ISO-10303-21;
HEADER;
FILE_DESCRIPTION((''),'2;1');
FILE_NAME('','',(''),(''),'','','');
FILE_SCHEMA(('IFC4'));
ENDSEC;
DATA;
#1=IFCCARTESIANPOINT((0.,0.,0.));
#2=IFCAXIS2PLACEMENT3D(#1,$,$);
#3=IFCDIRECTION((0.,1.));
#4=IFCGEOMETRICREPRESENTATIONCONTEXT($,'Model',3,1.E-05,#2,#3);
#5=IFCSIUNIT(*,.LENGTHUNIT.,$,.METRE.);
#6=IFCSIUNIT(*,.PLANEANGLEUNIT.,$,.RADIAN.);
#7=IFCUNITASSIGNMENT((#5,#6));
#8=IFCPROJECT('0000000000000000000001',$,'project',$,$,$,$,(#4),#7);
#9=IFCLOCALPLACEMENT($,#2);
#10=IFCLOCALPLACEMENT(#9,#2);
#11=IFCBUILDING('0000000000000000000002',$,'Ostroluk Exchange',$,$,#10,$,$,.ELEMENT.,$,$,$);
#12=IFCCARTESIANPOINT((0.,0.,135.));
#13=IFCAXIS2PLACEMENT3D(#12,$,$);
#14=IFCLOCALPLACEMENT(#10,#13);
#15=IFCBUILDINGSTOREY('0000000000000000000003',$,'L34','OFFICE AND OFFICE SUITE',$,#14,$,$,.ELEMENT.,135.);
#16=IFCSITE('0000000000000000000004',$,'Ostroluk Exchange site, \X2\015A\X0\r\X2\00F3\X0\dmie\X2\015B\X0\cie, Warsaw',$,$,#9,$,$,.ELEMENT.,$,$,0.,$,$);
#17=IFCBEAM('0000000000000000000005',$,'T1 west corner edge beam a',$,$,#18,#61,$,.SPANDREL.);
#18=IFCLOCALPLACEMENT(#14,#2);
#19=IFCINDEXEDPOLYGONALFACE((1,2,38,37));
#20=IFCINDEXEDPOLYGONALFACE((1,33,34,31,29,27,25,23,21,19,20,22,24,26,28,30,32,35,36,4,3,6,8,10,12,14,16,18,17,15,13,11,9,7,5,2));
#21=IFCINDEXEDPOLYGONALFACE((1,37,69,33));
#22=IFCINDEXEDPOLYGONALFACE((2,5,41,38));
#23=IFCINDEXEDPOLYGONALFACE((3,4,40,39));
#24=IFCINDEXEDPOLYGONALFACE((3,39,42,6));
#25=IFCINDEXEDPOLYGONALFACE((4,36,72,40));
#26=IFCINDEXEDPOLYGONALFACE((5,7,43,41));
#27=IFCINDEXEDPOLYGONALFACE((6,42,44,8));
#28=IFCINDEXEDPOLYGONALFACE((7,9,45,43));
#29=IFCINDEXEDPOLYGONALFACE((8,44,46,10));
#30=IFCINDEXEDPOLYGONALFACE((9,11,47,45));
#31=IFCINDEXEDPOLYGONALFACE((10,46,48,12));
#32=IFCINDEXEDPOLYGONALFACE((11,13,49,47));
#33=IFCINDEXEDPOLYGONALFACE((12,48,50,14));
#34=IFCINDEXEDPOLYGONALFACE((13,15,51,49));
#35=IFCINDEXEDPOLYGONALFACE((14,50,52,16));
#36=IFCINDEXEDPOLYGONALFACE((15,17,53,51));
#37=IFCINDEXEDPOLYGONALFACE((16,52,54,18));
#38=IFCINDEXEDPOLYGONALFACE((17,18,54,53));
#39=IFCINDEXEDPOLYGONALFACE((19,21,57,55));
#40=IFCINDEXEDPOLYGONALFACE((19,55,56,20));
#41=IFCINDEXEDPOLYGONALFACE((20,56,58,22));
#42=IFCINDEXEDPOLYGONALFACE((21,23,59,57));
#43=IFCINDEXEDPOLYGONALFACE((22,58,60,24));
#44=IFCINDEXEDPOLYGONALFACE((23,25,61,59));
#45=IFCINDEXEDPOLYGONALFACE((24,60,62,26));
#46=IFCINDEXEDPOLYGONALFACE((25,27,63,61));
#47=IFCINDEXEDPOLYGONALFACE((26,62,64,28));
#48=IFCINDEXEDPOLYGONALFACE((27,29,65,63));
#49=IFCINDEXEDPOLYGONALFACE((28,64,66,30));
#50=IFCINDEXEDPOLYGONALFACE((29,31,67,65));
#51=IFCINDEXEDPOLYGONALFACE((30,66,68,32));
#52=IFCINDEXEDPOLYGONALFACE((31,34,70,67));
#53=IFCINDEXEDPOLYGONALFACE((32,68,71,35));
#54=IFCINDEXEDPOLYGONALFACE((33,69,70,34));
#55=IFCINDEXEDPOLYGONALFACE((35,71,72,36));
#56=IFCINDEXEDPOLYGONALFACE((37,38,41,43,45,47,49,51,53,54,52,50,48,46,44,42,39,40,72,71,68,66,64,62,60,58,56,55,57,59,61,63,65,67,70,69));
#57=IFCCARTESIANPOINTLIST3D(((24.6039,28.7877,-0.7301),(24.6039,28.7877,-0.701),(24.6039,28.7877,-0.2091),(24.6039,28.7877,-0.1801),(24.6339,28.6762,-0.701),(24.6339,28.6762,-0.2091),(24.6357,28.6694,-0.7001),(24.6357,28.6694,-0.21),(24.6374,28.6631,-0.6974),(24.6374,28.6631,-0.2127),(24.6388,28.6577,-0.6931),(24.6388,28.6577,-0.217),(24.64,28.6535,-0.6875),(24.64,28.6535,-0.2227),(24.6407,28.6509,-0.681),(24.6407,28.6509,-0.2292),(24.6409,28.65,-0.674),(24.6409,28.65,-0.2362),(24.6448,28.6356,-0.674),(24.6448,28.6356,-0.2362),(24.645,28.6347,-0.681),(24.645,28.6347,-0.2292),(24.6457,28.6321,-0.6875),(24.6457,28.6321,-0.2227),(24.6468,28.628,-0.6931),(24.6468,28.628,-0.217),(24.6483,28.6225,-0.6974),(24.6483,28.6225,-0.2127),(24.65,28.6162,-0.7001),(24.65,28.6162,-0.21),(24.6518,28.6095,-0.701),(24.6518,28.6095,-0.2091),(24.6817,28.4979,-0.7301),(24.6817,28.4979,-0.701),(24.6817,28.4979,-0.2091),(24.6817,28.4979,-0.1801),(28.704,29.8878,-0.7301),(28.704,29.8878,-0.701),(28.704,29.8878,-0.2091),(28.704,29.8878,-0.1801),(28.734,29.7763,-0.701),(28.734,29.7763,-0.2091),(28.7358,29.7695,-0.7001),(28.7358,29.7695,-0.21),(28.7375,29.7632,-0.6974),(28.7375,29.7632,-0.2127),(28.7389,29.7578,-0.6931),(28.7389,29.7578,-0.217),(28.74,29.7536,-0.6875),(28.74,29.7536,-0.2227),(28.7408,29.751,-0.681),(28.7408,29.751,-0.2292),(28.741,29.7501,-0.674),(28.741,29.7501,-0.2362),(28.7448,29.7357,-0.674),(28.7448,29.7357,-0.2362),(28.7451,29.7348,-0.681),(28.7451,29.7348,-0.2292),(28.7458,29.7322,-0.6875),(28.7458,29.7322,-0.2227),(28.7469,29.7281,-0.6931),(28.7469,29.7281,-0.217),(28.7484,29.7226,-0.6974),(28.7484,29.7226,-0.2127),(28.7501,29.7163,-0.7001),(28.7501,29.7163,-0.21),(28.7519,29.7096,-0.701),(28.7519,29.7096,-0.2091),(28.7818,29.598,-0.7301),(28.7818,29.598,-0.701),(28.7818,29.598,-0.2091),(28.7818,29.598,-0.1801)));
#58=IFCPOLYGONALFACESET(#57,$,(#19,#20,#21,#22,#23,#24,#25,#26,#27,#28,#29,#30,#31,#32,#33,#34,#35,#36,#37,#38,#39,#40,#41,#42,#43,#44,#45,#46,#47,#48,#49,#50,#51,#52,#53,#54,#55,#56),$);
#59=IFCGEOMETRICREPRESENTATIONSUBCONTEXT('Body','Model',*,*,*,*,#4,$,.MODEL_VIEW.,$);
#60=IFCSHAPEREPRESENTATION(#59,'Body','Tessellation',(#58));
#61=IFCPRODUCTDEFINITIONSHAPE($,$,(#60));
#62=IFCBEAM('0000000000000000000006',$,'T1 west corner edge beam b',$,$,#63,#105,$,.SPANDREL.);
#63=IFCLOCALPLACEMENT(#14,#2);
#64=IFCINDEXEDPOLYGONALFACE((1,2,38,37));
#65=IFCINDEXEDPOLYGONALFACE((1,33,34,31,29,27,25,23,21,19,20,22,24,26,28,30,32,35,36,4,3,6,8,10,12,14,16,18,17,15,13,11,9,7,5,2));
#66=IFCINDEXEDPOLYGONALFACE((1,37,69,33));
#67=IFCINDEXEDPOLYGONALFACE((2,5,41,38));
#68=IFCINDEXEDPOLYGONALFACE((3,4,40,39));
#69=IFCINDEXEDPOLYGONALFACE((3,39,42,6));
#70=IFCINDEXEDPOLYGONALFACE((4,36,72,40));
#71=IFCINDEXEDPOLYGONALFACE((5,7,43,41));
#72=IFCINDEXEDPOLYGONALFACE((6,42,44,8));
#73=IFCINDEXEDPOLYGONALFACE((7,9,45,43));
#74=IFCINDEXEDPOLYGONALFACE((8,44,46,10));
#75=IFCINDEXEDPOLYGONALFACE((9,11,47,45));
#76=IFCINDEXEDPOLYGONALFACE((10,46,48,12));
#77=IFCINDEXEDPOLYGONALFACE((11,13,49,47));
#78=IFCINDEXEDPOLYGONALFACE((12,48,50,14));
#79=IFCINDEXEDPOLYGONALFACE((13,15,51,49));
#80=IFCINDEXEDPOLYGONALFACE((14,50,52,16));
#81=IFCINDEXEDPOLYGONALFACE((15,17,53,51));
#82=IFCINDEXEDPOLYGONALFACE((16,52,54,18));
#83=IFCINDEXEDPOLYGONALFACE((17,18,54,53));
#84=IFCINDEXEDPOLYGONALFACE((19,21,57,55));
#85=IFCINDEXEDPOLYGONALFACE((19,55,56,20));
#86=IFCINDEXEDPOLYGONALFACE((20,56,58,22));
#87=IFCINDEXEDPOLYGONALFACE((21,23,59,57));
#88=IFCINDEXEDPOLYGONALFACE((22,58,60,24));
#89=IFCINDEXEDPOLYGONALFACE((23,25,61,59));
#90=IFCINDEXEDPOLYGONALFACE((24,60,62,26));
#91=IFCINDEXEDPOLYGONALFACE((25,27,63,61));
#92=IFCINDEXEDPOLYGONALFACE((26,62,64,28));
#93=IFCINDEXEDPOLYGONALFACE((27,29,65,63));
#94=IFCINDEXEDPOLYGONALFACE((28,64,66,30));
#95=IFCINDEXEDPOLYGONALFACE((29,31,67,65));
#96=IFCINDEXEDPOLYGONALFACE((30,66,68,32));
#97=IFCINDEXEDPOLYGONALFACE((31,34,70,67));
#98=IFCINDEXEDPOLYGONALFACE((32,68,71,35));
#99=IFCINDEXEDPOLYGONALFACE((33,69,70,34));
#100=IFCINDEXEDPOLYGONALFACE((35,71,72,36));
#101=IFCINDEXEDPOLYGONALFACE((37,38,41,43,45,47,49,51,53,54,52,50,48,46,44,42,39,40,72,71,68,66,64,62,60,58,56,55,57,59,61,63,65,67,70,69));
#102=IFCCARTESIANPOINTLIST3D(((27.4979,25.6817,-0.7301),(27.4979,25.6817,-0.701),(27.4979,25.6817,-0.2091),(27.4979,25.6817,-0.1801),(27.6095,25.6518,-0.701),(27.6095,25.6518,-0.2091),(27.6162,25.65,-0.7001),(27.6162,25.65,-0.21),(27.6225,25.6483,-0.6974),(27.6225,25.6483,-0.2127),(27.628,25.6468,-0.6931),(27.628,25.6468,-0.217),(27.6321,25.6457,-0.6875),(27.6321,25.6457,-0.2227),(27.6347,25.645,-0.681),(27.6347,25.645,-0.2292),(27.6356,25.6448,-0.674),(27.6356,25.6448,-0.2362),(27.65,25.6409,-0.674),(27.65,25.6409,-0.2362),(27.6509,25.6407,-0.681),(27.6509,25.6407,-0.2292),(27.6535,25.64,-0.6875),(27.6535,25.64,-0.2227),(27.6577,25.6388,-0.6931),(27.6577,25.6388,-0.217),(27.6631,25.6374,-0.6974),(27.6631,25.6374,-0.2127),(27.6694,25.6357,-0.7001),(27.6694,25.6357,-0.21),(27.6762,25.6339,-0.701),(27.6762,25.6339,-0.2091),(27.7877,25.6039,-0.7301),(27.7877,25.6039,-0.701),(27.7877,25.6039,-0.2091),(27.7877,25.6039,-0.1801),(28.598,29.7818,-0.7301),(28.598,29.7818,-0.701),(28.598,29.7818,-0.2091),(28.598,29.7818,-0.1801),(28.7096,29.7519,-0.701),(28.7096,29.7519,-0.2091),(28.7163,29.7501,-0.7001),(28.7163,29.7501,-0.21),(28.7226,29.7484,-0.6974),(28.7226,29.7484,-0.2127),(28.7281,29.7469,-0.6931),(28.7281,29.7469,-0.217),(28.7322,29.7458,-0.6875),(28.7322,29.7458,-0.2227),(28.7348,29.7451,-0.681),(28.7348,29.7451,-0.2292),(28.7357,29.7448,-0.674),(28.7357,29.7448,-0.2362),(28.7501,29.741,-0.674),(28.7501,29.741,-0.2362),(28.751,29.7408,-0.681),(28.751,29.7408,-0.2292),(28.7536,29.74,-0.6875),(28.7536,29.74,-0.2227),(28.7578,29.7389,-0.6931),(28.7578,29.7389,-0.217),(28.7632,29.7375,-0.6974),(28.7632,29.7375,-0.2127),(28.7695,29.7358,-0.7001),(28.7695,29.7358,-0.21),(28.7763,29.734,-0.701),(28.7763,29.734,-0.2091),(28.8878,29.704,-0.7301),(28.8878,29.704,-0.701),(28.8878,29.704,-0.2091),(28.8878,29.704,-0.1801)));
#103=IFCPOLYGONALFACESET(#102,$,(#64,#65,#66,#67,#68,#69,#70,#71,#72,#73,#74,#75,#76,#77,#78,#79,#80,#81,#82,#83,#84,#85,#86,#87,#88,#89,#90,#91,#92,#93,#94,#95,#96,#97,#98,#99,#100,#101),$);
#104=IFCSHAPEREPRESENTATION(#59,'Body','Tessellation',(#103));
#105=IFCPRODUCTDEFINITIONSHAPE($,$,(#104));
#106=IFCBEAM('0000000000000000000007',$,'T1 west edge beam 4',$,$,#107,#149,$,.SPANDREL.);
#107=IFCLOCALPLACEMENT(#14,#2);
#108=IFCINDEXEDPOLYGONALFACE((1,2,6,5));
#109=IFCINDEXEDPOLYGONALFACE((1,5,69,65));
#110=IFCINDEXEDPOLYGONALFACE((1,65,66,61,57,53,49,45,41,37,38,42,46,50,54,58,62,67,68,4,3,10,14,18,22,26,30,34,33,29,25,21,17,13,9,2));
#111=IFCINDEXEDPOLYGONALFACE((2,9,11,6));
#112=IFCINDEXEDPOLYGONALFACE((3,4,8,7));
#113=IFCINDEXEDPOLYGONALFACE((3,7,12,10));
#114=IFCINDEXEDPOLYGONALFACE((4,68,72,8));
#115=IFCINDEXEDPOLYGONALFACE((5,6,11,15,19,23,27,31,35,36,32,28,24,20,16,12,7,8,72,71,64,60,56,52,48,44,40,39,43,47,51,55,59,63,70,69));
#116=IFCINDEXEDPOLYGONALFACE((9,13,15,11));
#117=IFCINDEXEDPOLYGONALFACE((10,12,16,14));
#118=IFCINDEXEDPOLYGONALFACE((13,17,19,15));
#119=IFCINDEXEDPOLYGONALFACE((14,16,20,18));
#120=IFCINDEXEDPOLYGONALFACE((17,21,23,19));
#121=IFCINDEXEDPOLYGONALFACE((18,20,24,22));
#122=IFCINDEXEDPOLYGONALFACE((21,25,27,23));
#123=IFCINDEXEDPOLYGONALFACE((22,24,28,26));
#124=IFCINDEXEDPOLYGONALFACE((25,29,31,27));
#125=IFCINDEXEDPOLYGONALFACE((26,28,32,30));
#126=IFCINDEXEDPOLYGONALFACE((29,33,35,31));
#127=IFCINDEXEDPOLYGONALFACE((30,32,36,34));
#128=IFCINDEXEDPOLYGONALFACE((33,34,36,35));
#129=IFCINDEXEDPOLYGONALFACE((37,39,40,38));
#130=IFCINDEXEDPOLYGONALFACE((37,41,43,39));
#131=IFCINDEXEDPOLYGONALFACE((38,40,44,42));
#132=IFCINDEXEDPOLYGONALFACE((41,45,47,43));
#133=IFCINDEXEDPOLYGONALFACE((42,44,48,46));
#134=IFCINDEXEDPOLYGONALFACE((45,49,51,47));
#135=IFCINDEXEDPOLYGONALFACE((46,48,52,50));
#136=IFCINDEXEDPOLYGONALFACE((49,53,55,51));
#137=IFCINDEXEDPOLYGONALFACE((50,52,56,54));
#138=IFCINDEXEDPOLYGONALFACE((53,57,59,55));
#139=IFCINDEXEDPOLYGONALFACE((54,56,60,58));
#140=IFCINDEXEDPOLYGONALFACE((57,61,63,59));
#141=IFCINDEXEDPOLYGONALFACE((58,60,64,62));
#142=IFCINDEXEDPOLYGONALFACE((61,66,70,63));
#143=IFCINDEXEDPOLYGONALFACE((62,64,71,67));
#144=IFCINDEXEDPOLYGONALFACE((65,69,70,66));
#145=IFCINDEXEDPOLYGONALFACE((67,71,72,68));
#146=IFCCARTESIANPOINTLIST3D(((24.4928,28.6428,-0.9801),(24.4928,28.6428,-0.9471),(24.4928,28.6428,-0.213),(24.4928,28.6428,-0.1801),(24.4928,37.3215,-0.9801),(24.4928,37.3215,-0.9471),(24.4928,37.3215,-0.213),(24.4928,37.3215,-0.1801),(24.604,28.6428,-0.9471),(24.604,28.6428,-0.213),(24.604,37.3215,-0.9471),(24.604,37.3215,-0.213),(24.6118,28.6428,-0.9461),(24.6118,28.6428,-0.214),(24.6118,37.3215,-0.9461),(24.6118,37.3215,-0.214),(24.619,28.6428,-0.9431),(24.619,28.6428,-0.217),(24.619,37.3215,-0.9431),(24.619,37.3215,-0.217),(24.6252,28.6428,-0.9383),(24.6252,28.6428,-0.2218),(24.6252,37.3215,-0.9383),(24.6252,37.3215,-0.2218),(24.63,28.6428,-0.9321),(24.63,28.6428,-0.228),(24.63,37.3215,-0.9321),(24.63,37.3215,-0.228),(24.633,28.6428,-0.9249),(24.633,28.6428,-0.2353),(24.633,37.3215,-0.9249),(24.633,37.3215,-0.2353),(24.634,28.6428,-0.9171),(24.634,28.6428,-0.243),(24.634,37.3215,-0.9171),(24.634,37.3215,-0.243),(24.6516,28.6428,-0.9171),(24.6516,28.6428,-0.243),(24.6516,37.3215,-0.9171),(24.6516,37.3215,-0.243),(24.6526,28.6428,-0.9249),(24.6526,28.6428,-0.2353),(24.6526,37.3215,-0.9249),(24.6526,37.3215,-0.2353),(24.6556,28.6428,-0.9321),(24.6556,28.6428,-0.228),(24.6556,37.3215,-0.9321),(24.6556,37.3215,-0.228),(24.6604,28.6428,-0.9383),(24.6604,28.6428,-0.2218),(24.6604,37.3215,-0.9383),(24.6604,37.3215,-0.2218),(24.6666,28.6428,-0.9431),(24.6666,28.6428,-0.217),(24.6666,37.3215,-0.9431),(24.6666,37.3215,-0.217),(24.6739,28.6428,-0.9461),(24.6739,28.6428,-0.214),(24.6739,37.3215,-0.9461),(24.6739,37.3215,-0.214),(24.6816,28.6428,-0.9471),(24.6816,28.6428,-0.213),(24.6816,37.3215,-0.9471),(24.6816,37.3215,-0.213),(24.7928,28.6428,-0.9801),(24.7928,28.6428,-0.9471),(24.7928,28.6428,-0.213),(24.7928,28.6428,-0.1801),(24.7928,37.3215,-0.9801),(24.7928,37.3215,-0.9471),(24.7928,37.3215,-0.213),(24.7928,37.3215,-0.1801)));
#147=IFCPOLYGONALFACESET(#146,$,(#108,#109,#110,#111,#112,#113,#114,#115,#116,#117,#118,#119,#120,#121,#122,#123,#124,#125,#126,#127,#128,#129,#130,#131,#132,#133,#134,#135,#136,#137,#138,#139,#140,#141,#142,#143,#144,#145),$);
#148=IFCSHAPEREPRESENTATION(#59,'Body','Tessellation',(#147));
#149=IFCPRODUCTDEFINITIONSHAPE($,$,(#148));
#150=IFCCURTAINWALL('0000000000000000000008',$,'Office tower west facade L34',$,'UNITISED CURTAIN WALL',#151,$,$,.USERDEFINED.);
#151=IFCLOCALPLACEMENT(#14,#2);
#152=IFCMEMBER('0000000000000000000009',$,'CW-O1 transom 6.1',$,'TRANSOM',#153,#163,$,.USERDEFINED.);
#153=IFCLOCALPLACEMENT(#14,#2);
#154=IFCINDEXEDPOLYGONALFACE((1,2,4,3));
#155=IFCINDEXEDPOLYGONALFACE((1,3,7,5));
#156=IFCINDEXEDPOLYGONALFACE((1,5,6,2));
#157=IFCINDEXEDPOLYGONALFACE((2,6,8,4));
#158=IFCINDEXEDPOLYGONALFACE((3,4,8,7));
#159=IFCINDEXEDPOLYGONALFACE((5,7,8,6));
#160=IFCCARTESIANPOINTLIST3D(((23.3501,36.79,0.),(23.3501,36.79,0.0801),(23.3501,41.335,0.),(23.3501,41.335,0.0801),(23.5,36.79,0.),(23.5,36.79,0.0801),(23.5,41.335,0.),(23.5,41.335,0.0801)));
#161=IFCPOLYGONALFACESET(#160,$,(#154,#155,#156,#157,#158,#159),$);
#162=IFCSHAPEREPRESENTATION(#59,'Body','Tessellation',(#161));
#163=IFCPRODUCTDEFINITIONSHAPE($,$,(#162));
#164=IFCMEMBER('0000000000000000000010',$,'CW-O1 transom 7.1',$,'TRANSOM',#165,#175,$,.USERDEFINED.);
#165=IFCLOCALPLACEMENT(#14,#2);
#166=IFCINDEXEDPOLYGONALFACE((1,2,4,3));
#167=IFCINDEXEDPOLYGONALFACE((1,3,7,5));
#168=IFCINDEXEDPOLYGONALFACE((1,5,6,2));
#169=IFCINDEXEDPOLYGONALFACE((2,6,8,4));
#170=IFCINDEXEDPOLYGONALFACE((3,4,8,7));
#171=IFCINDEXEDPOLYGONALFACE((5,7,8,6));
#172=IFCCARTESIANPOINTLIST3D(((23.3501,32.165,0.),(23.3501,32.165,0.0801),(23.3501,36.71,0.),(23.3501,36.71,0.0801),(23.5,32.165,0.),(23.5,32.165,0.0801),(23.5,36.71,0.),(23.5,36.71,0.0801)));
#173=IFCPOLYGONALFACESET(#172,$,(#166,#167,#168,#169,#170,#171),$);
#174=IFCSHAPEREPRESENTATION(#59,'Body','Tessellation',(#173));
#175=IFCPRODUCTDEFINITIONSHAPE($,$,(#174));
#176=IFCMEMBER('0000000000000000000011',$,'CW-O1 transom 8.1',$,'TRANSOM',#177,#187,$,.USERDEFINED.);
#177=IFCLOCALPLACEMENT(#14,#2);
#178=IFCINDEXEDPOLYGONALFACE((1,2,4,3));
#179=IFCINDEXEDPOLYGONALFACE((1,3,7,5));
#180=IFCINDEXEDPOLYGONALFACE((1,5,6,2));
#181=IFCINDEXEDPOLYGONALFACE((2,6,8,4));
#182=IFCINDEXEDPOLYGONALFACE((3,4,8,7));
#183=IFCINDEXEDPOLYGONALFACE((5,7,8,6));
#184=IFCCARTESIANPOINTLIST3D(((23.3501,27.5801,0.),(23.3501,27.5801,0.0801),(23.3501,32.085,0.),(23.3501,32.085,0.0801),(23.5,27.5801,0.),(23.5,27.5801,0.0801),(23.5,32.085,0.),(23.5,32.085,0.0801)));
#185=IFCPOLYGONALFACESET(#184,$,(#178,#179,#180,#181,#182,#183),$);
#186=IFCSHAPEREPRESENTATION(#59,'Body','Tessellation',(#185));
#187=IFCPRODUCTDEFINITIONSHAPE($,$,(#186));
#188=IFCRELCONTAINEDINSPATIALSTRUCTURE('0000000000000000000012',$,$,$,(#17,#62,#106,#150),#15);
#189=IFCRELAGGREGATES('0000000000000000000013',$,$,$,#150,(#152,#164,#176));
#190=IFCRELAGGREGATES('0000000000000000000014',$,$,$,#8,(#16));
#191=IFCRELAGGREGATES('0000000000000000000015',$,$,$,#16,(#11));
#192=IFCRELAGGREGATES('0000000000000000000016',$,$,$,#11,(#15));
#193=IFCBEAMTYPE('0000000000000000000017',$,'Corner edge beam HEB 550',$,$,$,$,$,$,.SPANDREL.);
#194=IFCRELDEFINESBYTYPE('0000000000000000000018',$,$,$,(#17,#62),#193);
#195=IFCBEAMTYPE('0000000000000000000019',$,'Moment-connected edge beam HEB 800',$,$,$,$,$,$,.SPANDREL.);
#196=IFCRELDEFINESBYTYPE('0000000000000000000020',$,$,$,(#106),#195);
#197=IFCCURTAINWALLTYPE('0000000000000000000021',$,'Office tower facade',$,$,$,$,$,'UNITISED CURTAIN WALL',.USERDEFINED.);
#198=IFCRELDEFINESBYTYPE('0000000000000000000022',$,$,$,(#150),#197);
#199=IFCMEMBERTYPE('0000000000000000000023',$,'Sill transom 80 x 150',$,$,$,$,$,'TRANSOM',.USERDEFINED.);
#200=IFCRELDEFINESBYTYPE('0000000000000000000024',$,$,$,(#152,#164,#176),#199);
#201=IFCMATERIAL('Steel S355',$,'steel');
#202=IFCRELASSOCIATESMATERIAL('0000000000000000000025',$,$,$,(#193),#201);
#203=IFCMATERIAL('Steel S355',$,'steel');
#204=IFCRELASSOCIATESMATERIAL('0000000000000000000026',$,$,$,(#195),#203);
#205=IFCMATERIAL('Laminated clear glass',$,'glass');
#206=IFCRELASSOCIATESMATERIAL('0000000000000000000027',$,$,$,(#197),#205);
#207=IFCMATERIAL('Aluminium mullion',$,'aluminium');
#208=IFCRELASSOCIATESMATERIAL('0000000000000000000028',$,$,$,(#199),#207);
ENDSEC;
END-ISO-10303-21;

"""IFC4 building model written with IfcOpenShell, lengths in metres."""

from ifc_helpers import new_model, si_unit, direction, frame, origin, origin_2d, place, context, subcontext, project, spatial, rectangle, i_section, extrude, material, material_profile, profile_set, type_object, element, aggregate, save


model = new_model("IFC4")

# Units and contexts
model_context = context("Model", 3, precision=1e-05, world=origin(), true_north=direction((0.0, 1.0)))
body_context = subcontext(model_context, "Body", "Model", "MODEL_VIEW")
ifc_project = project(units=[si_unit("LENGTHUNIT", "METRE"), si_unit("PLANEANGLEUNIT", "RADIAN")], contexts=[model_context])

# Site, building, storey
site_placement = place(None, origin())
site = spatial("IfcSite", under=ifc_project, at=site_placement, Name="Ostroluk Exchange site, Śródmieście, Warsaw", CompositionType="ELEMENT", RefElevation=0.0)
building_placement = place(site_placement, origin())
building = spatial("IfcBuilding", under=site, at=building_placement, Name="Ostroluk Exchange", CompositionType="ELEMENT")
storey_placement = place(building_placement, frame((0.0, 0.0, 135.0)))
storey = spatial("IfcBuildingStorey", under=building, at=storey_placement, Name="L34", Description="OFFICE AND OFFICE SUITE", CompositionType="ELEMENT", Elevation=135.0)

# Beams
ifc_material_1 = material(Name="Steel S355", Category="steel")
ifc_material_profile_1 = material_profile(ifc_material_1, i_section(OverallWidth=0.3, OverallDepth=0.55, WebThickness=0.0149, FlangeThickness=0.0291, FilletRadius=0.0271, at=origin_2d()), Name="HEB 550")
ifc_profile_set_1 = profile_set([ifc_material_profile_1], Name="Steel S355")
beam_type_1 = type_object("IfcBeamType", Name="Corner edge beam HEB 550", PredefinedType="SPANDREL", material=ifc_profile_set_1)
for number, where, z_axis, x_axis, name in (
    (1, (28.7429, 29.7429, -0.4551), (-0.965839, -0.259144, 0.0), (0.259144, -0.965839, 0.0), "T1 west corner edge beam a"),
    (2, (28.7429, 29.7429, -0.4551), (-0.259144, -0.965839, 0.0), (0.965839, -0.259144, 0.0), "T1 west corner edge beam b"),
):
    element("IfcBeam", number, at=place(storey_placement, frame(where, z_axis=z_axis, x_axis=x_axis)), inside=storey, type_object=beam_type_1, Name=name, PredefinedType="SPANDREL", context=body_context, shape_type="SweptSolid", body=[
        extrude(i_section(OverallWidth=0.3, OverallDepth=0.55, WebThickness=0.0149, FlangeThickness=0.0291, FilletRadius=0.0271, at=origin_2d()), origin(), (0.0, 0.0, 1.0), 4.2451),
    ])
ifc_material_2 = material(Name="Steel S355", Category="steel")
ifc_material_profile_2 = material_profile(ifc_material_2, i_section(OverallWidth=0.3, OverallDepth=0.8, WebThickness=0.0176, FlangeThickness=0.033, FilletRadius=0.03, at=origin_2d()), Name="HEB 800")
ifc_profile_set_2 = profile_set([ifc_material_profile_2], Name="Steel S355")
beam_type_2 = type_object("IfcBeamType", Name="Moment-connected edge beam HEB 800", PredefinedType="SPANDREL", material=ifc_profile_set_2)
beam_1_placement = place(storey_placement, frame((24.6428, 37.3215, -0.5801), z_axis=(0.0, -1.0, 0.0), x_axis=(1.0, 0.0, 0.0)))
element("IfcBeam", 3, at=beam_1_placement, inside=storey, type_object=beam_type_2, Name="T1 west edge beam 4", PredefinedType="SPANDREL", context=body_context, shape_type="SweptSolid", body=[
    extrude(i_section(OverallWidth=0.3, OverallDepth=0.8, WebThickness=0.0176, FlangeThickness=0.033, FilletRadius=0.03, at=origin_2d()), origin(), (0.0, 0.0, 1.0), 8.6787),
])

# Curtain wall, members
ifc_material_3 = material(Name="Laminated clear glass", Category="glass")
curtain_wall_type = type_object("IfcCurtainWallType", Name="Office tower facade", ElementType="UNITISED CURTAIN WALL", PredefinedType="USERDEFINED", material=ifc_material_3)
curtain_wall_placement = place(storey_placement, origin())
curtain_wall = element("IfcCurtainWall", 4, at=curtain_wall_placement, inside=storey, type_object=curtain_wall_type, Name="Office tower west facade L34", ObjectType="UNITISED CURTAIN WALL", PredefinedType="USERDEFINED")
ifc_material_4 = material(Name="Aluminium mullion", Category="aluminium")
ifc_material_profile_3 = material_profile(ifc_material_4, rectangle(XDim=0.1499, YDim=0.0801, at=origin_2d()), Name="Sill transom 80 x 150")
ifc_profile_set_3 = profile_set([ifc_material_profile_3], Name="Aluminium mullion")
member_type_1 = type_object("IfcMemberType", Name="Sill transom 80 x 150", ElementType="TRANSOM", PredefinedType="USERDEFINED", material=ifc_profile_set_3)
member_1_placement = place(storey_placement, frame((23.425, 41.335, 0.04), z_axis=(0.0, -1.0, 0.0), x_axis=(1.0, 0.0, 0.0)))
member_1 = element("IfcMember", 5, at=member_1_placement, type_object=member_type_1, Name="CW-O1 transom 6.1", ObjectType="TRANSOM", PredefinedType="USERDEFINED", context=body_context, shape_type="SweptSolid", body=[
    extrude(rectangle(XDim=0.1499, YDim=0.0801, at=origin_2d()), origin(), (0.0, 0.0, 1.0), 4.5449),
])
member_2_placement = place(storey_placement, frame((23.425, 36.71, 0.04), z_axis=(0.0, -1.0, 0.0), x_axis=(1.0, 0.0, 0.0)))
member_2 = element("IfcMember", 6, at=member_2_placement, type_object=member_type_1, Name="CW-O1 transom 7.1", ObjectType="TRANSOM", PredefinedType="USERDEFINED", context=body_context, shape_type="SweptSolid", body=[
    extrude(rectangle(XDim=0.1499, YDim=0.0801, at=origin_2d()), origin(), (0.0, 0.0, 1.0), 4.5449),
])
member_3_placement = place(storey_placement, frame((23.425, 32.085, 0.04), z_axis=(0.0, -1.0, 0.0), x_axis=(1.0, 0.0, 0.0)))
member_3 = element("IfcMember", 7, at=member_3_placement, type_object=member_type_1, Name="CW-O1 transom 8.1", ObjectType="TRANSOM", PredefinedType="USERDEFINED", context=body_context, shape_type="SweptSolid", body=[
    extrude(rectangle(XDim=0.1499, YDim=0.0801, at=origin_2d()), origin(), (0.0, 0.0, 1.0), 4.5049),
])
aggregate(curtain_wall, [member_1, member_2, member_3])

save(model, "model.ifc")
